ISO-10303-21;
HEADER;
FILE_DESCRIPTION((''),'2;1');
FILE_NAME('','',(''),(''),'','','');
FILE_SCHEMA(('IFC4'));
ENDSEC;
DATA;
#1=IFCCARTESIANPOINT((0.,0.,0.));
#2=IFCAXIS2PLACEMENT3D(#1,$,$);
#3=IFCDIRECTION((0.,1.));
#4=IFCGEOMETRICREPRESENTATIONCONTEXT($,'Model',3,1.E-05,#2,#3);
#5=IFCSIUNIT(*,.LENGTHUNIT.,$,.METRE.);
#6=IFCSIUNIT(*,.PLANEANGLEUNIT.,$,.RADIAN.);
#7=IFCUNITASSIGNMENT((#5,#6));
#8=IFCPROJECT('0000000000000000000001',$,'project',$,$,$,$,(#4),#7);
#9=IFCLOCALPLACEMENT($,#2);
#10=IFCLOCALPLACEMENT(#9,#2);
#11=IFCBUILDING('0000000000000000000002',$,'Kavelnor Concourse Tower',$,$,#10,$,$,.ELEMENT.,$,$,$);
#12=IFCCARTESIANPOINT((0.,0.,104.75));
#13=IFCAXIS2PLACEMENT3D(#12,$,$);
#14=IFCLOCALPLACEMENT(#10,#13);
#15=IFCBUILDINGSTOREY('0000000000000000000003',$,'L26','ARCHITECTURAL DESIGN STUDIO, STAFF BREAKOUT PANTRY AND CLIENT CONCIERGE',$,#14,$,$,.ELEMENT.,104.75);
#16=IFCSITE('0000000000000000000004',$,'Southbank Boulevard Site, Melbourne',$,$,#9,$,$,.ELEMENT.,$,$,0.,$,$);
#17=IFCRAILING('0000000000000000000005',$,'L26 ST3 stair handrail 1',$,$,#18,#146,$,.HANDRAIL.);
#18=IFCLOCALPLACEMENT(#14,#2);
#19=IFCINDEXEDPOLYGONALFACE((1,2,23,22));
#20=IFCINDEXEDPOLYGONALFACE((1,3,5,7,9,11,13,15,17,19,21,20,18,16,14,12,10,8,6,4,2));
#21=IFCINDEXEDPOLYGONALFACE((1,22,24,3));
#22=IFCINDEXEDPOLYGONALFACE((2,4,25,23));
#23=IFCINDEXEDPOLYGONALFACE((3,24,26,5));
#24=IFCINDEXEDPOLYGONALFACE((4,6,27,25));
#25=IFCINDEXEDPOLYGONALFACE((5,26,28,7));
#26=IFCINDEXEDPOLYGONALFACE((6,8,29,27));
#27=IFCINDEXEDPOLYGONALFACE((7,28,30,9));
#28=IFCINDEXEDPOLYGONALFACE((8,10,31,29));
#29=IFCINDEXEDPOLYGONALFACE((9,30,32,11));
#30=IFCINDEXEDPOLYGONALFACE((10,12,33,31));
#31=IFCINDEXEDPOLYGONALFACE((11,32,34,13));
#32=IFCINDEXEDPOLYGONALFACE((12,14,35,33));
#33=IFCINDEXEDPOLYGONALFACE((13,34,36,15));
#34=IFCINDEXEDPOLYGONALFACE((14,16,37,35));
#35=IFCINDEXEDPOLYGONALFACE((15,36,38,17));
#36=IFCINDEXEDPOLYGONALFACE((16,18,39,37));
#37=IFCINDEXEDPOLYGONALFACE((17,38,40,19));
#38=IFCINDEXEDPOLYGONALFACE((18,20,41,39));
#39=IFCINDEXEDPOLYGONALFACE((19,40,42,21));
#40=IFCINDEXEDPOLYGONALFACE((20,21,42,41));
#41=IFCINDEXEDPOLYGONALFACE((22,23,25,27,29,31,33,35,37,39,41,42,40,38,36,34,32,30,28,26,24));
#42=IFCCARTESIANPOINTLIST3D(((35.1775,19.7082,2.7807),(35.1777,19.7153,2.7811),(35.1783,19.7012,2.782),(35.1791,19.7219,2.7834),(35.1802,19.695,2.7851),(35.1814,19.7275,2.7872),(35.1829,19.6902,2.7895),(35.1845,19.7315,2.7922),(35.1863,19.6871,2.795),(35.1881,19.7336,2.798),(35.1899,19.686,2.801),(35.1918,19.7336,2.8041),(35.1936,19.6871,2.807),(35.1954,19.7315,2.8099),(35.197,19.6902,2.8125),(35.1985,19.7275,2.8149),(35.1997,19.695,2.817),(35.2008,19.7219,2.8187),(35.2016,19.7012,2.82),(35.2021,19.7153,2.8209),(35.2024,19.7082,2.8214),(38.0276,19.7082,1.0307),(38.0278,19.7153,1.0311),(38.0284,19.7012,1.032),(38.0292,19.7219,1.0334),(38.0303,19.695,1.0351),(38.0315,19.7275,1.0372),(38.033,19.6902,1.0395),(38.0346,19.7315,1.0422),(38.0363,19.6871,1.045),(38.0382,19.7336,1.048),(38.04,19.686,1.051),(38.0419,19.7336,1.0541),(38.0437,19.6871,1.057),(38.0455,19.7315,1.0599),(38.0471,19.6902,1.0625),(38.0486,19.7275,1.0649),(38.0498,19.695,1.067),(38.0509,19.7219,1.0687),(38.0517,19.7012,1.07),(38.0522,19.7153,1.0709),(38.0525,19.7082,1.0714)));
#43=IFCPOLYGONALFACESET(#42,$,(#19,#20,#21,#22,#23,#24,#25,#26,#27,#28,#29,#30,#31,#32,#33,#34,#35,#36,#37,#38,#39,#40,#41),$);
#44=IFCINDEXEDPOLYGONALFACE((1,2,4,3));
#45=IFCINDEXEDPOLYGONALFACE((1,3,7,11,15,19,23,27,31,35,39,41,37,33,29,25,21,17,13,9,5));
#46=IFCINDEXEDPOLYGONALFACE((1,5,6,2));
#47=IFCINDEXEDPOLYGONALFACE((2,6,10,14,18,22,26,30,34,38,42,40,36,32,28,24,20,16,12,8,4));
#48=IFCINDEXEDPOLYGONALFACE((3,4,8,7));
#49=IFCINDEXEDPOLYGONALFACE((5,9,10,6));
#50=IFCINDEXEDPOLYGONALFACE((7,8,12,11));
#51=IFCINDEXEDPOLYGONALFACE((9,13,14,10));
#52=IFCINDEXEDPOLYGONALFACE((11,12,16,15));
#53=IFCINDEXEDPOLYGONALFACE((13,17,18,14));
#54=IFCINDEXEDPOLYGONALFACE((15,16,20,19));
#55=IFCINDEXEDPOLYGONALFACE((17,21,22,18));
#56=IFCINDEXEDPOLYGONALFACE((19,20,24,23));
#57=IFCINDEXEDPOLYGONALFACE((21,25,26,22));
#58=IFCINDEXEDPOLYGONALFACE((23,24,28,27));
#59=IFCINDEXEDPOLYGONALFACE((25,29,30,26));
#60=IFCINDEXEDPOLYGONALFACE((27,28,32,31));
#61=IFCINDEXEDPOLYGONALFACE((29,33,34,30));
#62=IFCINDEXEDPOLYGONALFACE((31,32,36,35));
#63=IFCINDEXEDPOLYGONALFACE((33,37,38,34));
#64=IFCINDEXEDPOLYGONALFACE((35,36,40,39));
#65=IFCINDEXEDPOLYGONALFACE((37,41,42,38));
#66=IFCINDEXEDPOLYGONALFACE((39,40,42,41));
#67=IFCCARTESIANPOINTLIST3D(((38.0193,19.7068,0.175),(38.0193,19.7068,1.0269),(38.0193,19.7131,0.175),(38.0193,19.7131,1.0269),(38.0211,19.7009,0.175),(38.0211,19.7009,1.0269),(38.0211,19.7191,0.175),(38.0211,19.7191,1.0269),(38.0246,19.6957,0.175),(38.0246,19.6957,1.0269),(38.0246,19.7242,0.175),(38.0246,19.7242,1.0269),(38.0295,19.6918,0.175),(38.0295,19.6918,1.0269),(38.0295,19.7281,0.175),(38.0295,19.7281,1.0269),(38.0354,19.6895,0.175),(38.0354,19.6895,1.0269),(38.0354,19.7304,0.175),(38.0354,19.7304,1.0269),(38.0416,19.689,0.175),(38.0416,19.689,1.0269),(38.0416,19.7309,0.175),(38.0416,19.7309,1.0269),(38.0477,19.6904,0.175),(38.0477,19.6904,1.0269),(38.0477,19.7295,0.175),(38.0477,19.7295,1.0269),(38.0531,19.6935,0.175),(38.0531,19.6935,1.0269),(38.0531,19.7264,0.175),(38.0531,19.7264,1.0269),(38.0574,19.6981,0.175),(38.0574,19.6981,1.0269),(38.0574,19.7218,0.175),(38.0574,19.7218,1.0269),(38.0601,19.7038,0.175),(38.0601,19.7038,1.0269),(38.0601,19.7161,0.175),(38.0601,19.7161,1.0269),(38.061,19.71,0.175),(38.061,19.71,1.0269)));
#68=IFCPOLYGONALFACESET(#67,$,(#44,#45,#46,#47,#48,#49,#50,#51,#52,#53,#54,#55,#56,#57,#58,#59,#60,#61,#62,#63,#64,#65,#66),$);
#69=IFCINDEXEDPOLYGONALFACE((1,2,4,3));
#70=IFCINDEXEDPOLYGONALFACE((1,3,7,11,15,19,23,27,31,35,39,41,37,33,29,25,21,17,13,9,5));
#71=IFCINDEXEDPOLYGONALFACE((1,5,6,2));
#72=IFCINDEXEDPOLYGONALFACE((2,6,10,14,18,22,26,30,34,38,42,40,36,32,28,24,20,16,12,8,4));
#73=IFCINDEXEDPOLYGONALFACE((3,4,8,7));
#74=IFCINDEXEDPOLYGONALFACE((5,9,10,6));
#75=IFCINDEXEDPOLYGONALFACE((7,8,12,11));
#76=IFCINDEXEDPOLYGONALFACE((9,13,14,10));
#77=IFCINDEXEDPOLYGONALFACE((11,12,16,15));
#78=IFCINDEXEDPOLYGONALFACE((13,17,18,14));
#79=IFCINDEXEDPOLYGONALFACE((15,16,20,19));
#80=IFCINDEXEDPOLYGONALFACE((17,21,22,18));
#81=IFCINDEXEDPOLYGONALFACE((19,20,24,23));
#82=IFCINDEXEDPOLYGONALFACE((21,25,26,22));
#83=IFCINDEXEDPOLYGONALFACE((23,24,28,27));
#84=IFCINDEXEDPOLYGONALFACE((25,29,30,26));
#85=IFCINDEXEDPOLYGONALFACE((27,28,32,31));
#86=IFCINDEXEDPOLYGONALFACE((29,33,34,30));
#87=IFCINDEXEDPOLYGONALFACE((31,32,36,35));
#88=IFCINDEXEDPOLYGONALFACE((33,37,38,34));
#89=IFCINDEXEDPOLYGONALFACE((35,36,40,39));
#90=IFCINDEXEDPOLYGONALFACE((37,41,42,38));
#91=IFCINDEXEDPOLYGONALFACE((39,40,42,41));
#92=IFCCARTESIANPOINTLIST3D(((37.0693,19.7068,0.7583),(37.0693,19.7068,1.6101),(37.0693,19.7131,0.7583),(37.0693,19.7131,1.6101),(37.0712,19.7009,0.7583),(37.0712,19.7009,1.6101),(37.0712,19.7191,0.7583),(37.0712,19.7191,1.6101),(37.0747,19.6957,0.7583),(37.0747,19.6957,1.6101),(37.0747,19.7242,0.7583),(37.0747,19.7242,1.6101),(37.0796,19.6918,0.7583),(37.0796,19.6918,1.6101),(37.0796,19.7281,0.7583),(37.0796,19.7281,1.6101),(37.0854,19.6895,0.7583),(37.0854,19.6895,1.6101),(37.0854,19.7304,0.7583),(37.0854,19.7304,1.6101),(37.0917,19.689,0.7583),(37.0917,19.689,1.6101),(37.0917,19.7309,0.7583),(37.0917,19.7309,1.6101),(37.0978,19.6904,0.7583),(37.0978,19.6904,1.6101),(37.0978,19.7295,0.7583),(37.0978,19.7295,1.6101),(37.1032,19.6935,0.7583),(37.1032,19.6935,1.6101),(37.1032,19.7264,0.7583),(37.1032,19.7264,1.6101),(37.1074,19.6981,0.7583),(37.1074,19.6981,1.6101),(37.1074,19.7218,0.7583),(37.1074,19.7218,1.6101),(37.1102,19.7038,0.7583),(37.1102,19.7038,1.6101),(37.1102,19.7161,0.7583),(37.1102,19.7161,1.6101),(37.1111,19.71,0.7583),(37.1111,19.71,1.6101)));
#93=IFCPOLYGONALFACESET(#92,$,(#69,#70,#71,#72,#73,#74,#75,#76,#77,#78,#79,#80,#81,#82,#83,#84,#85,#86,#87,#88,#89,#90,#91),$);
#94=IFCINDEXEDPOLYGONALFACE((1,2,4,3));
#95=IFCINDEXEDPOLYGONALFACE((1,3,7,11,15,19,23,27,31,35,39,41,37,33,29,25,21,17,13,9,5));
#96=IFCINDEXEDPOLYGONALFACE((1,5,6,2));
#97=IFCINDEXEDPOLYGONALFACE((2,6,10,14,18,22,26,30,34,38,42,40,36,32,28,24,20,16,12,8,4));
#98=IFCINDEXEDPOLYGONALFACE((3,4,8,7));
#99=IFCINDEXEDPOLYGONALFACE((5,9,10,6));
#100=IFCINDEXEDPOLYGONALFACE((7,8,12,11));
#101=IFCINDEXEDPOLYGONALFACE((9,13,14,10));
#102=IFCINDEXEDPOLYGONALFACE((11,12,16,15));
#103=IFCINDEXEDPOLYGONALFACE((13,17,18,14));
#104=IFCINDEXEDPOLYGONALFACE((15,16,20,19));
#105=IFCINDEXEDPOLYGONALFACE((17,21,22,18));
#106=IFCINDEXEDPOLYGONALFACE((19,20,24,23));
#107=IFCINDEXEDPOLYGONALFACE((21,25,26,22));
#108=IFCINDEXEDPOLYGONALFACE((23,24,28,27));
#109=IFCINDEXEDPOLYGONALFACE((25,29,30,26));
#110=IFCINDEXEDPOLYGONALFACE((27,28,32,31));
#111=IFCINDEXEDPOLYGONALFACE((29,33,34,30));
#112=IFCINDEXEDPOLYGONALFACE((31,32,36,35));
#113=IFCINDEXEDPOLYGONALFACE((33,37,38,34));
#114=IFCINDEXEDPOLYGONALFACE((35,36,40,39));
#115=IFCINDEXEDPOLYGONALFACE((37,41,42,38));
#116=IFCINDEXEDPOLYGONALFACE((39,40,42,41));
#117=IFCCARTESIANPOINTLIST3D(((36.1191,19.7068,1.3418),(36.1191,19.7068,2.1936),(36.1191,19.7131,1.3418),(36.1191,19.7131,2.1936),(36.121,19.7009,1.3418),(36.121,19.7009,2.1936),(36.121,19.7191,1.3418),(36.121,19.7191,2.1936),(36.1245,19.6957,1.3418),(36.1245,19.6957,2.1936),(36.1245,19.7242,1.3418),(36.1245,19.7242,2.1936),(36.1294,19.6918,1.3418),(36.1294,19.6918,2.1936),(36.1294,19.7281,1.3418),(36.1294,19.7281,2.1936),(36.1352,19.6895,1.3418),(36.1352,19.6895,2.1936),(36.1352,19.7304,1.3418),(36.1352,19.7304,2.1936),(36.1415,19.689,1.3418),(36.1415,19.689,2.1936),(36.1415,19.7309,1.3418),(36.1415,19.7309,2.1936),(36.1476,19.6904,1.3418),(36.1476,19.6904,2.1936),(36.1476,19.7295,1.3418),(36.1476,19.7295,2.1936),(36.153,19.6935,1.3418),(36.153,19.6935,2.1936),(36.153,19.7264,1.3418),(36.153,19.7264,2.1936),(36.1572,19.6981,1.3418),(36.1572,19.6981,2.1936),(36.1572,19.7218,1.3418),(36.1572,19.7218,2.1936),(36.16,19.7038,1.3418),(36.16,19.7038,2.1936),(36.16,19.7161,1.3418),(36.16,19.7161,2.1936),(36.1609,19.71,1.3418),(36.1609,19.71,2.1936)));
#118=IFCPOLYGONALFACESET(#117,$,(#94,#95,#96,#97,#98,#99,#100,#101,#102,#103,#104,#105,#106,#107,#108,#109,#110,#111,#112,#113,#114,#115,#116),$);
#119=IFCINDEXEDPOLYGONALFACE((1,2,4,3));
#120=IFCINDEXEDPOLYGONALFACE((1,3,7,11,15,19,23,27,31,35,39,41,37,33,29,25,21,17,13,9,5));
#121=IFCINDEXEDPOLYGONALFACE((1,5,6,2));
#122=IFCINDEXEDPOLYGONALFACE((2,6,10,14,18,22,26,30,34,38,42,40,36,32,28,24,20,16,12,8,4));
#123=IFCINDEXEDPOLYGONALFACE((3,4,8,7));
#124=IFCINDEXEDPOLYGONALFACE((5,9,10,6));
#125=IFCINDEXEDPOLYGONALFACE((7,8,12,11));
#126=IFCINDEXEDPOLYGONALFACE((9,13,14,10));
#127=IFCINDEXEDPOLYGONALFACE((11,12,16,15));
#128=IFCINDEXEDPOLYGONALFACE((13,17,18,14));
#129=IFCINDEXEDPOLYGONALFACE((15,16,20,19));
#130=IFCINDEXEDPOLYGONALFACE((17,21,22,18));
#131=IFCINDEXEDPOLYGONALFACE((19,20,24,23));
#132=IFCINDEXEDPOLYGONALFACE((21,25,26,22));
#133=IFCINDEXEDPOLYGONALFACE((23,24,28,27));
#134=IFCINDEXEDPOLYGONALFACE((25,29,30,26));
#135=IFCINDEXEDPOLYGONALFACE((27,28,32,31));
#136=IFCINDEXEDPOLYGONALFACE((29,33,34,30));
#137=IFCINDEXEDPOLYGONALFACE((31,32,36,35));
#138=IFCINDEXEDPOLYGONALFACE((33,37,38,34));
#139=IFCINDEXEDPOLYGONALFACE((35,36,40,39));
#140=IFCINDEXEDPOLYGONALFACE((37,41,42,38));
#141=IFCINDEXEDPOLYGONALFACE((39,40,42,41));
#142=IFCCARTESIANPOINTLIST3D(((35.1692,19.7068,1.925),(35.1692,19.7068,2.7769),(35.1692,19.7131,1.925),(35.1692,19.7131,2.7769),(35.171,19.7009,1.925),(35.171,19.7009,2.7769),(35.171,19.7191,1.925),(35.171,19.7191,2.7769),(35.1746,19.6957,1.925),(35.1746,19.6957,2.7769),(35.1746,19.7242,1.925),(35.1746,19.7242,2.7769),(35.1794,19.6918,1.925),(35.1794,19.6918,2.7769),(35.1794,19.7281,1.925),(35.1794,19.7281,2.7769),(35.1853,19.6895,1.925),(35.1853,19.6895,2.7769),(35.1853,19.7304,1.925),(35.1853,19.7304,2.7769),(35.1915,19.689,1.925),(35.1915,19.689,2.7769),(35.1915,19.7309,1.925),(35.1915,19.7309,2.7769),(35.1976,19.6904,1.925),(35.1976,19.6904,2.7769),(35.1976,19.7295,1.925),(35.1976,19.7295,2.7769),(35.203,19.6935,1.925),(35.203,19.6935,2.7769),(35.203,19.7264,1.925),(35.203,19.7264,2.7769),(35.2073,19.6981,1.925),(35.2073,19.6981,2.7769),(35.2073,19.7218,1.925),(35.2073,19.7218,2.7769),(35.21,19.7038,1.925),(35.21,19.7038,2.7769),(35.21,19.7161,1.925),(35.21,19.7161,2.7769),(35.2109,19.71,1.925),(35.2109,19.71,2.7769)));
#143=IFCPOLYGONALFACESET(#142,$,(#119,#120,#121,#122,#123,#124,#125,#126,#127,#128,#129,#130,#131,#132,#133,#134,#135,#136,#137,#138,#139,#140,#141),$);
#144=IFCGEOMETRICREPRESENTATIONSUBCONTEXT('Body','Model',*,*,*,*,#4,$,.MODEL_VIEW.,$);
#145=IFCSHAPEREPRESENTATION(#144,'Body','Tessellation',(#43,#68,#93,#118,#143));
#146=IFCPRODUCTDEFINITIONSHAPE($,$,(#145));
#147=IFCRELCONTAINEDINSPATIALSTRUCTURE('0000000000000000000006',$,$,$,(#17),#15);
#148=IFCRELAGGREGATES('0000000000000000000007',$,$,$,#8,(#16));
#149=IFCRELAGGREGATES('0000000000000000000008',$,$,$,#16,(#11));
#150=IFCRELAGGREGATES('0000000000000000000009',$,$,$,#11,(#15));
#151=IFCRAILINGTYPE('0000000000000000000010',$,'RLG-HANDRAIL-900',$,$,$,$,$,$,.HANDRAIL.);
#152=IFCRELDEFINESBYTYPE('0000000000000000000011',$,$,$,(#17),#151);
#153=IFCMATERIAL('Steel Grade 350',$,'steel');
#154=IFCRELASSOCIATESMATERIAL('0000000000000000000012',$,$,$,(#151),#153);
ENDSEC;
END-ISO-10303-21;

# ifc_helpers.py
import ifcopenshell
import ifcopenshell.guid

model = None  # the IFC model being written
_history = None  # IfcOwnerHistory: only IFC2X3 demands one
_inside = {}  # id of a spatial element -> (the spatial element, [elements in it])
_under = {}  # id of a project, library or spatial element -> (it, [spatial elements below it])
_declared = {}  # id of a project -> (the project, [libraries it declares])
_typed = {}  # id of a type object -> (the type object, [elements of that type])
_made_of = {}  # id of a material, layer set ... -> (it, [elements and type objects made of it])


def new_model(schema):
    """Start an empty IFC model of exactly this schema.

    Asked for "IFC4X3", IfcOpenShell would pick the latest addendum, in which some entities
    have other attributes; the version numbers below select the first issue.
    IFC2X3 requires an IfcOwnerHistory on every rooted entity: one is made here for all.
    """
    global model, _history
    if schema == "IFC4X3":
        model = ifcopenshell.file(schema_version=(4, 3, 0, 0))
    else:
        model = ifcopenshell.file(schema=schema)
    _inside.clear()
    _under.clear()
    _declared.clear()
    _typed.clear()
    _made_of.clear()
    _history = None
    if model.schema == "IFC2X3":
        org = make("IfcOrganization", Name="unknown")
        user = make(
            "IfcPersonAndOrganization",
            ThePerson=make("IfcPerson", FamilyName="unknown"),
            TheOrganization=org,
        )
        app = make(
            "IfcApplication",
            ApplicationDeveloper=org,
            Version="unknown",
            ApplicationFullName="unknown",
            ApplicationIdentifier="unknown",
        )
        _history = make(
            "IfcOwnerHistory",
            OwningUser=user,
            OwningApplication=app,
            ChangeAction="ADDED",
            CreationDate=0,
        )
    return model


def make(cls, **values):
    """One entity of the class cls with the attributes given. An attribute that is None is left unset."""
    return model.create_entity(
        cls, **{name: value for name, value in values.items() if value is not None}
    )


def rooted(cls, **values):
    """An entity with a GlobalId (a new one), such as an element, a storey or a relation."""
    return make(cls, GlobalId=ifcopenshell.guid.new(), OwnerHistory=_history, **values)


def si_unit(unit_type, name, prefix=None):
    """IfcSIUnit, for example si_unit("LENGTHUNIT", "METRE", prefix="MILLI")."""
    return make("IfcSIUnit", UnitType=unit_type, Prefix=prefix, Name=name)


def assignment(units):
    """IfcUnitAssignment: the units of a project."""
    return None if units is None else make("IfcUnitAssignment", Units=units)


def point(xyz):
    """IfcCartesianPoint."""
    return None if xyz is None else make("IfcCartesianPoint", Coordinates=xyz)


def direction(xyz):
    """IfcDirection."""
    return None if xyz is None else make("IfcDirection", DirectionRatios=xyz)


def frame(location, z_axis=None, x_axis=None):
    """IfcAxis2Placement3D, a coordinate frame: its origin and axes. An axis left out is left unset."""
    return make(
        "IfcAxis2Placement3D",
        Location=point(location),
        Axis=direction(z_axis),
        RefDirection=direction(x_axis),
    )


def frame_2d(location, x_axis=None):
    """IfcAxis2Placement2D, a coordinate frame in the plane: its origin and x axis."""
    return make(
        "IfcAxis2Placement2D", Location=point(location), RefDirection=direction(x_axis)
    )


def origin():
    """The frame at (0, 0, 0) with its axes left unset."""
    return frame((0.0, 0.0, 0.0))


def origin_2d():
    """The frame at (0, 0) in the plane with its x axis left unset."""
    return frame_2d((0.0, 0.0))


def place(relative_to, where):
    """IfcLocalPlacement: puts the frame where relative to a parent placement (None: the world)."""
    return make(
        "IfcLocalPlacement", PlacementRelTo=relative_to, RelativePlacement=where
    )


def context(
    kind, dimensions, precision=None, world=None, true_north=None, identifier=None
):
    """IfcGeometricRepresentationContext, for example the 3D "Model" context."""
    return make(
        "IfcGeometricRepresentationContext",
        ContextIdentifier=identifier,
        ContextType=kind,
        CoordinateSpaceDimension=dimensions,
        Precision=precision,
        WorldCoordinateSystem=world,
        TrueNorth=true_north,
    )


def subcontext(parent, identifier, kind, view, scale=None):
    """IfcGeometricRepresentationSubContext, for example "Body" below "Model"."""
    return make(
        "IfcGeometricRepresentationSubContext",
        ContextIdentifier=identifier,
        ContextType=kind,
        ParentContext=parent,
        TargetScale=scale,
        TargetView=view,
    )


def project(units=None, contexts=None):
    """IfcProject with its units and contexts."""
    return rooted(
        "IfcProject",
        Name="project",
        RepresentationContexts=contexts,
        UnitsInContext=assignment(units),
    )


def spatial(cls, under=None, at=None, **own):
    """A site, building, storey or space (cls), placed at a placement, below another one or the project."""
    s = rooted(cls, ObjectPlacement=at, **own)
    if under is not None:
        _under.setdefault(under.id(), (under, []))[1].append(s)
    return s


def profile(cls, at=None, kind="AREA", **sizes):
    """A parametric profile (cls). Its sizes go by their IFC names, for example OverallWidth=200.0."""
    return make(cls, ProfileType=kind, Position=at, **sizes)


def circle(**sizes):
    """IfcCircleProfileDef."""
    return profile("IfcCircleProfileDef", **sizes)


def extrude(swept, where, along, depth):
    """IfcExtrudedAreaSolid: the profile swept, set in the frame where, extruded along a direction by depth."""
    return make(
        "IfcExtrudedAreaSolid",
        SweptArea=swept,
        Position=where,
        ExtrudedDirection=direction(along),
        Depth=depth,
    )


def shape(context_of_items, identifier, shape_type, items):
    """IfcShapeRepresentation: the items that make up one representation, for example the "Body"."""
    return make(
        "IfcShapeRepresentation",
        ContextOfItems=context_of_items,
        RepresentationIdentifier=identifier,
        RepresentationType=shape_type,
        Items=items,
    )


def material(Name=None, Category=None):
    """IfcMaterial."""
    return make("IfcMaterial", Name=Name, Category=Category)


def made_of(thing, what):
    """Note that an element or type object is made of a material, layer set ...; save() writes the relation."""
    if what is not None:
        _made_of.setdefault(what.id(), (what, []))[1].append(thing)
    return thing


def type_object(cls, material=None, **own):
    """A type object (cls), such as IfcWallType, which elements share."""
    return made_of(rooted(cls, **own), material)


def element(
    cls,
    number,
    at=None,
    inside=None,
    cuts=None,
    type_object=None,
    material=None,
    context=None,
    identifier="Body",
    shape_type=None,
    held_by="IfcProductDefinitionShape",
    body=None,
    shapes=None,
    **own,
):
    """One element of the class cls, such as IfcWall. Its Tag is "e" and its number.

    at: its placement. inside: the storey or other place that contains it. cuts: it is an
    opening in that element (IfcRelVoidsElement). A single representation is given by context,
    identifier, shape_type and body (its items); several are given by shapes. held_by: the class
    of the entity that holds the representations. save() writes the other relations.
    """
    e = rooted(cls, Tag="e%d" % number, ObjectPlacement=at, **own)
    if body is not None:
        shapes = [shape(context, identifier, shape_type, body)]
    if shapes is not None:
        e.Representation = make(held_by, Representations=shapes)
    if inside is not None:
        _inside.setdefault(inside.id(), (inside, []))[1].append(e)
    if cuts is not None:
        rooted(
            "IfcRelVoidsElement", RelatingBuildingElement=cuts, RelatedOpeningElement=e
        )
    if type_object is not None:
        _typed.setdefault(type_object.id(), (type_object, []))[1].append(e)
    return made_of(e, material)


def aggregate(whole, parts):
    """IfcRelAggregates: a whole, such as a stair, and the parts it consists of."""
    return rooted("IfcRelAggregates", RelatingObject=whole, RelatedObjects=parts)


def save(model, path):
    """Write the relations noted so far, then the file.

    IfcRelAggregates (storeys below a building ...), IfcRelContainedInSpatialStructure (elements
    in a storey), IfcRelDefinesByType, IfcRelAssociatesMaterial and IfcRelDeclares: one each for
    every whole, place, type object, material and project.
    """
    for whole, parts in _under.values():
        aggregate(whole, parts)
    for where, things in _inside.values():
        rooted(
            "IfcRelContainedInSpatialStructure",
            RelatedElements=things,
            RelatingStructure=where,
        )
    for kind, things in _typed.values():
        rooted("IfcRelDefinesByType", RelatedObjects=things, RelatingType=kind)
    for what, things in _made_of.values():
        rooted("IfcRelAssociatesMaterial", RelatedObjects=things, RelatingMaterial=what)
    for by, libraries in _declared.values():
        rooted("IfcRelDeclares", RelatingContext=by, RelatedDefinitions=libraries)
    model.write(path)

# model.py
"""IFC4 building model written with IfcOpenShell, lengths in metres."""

from ifc_helpers import new_model, si_unit, direction, frame, origin, origin_2d, place, context, subcontext, project, spatial, circle, extrude, material, type_object, element, save


model = new_model("IFC4")

# Units and contexts
model_context = context("Model", 3, precision=1e-05, world=origin(), true_north=direction((0.0, 1.0)))
body_context = subcontext(model_context, "Body", "Model", "MODEL_VIEW")
ifc_project = project(units=[si_unit("LENGTHUNIT", "METRE"), si_unit("PLANEANGLEUNIT", "RADIAN")], contexts=[model_context])

# Site, building, storey
site_placement = place(None, origin())
site = spatial("IfcSite", under=ifc_project, at=site_placement, Name="Southbank Boulevard Site, Melbourne", CompositionType="ELEMENT", RefElevation=0.0)
building_placement = place(site_placement, origin())
building = spatial("IfcBuilding", under=site, at=building_placement, Name="Kavelnor Concourse Tower", CompositionType="ELEMENT")
storey_placement = place(building_placement, frame((0.0, 0.0, 104.75)))
storey = spatial("IfcBuildingStorey", under=building, at=storey_placement, Name="L26", Description="ARCHITECTURAL DESIGN STUDIO, STAFF BREAKOUT PANTRY AND CLIENT CONCIERGE", CompositionType="ELEMENT", Elevation=104.75)

# Shared definitions
ifc_material_1 = material(Name="Steel Grade 350", Category="steel")

# Railing
railing_type_1 = type_object("IfcRailingType", Name="RLG-HANDRAIL-900", PredefinedType="HANDRAIL", material=ifc_material_1)
railing_1_placement = place(storey_placement, frame((38.04, 19.71, 0.175)))
element("IfcRailing", 1, at=railing_1_placement, inside=storey, type_object=railing_type_1, Name="L26 ST3 stair handrail 1", PredefinedType="HANDRAIL", context=body_context, shape_type="SweptSolid", body=[
    extrude(circle(Radius=0.0239, at=origin_2d()), frame((0.0, 0.0, 0.876), z_axis=(-0.852179, 0.0, 0.52325), x_axis=(0.0, -1.0, 0.0)), (0.0, 0.0, 1.0), 3.3445),
    extrude(circle(Radius=0.021, at=origin_2d()), origin(), (0.0, 0.0, 1.0), 0.8518),
    extrude(circle(Radius=0.021, at=origin_2d()), frame((-0.95, 0.0, 0.5833)), (0.0, 0.0, 1.0), 0.8518),
    extrude(circle(Radius=0.021, at=origin_2d()), frame((-1.9001, 0.0, 1.1667)), (0.0, 0.0, 1.0), 0.8518),
    extrude(circle(Radius=0.021, at=origin_2d()), frame((-2.8501, 0.0, 1.75)), (0.0, 0.0, 1.0), 0.8518),
])

save(model, "model.ifc")
